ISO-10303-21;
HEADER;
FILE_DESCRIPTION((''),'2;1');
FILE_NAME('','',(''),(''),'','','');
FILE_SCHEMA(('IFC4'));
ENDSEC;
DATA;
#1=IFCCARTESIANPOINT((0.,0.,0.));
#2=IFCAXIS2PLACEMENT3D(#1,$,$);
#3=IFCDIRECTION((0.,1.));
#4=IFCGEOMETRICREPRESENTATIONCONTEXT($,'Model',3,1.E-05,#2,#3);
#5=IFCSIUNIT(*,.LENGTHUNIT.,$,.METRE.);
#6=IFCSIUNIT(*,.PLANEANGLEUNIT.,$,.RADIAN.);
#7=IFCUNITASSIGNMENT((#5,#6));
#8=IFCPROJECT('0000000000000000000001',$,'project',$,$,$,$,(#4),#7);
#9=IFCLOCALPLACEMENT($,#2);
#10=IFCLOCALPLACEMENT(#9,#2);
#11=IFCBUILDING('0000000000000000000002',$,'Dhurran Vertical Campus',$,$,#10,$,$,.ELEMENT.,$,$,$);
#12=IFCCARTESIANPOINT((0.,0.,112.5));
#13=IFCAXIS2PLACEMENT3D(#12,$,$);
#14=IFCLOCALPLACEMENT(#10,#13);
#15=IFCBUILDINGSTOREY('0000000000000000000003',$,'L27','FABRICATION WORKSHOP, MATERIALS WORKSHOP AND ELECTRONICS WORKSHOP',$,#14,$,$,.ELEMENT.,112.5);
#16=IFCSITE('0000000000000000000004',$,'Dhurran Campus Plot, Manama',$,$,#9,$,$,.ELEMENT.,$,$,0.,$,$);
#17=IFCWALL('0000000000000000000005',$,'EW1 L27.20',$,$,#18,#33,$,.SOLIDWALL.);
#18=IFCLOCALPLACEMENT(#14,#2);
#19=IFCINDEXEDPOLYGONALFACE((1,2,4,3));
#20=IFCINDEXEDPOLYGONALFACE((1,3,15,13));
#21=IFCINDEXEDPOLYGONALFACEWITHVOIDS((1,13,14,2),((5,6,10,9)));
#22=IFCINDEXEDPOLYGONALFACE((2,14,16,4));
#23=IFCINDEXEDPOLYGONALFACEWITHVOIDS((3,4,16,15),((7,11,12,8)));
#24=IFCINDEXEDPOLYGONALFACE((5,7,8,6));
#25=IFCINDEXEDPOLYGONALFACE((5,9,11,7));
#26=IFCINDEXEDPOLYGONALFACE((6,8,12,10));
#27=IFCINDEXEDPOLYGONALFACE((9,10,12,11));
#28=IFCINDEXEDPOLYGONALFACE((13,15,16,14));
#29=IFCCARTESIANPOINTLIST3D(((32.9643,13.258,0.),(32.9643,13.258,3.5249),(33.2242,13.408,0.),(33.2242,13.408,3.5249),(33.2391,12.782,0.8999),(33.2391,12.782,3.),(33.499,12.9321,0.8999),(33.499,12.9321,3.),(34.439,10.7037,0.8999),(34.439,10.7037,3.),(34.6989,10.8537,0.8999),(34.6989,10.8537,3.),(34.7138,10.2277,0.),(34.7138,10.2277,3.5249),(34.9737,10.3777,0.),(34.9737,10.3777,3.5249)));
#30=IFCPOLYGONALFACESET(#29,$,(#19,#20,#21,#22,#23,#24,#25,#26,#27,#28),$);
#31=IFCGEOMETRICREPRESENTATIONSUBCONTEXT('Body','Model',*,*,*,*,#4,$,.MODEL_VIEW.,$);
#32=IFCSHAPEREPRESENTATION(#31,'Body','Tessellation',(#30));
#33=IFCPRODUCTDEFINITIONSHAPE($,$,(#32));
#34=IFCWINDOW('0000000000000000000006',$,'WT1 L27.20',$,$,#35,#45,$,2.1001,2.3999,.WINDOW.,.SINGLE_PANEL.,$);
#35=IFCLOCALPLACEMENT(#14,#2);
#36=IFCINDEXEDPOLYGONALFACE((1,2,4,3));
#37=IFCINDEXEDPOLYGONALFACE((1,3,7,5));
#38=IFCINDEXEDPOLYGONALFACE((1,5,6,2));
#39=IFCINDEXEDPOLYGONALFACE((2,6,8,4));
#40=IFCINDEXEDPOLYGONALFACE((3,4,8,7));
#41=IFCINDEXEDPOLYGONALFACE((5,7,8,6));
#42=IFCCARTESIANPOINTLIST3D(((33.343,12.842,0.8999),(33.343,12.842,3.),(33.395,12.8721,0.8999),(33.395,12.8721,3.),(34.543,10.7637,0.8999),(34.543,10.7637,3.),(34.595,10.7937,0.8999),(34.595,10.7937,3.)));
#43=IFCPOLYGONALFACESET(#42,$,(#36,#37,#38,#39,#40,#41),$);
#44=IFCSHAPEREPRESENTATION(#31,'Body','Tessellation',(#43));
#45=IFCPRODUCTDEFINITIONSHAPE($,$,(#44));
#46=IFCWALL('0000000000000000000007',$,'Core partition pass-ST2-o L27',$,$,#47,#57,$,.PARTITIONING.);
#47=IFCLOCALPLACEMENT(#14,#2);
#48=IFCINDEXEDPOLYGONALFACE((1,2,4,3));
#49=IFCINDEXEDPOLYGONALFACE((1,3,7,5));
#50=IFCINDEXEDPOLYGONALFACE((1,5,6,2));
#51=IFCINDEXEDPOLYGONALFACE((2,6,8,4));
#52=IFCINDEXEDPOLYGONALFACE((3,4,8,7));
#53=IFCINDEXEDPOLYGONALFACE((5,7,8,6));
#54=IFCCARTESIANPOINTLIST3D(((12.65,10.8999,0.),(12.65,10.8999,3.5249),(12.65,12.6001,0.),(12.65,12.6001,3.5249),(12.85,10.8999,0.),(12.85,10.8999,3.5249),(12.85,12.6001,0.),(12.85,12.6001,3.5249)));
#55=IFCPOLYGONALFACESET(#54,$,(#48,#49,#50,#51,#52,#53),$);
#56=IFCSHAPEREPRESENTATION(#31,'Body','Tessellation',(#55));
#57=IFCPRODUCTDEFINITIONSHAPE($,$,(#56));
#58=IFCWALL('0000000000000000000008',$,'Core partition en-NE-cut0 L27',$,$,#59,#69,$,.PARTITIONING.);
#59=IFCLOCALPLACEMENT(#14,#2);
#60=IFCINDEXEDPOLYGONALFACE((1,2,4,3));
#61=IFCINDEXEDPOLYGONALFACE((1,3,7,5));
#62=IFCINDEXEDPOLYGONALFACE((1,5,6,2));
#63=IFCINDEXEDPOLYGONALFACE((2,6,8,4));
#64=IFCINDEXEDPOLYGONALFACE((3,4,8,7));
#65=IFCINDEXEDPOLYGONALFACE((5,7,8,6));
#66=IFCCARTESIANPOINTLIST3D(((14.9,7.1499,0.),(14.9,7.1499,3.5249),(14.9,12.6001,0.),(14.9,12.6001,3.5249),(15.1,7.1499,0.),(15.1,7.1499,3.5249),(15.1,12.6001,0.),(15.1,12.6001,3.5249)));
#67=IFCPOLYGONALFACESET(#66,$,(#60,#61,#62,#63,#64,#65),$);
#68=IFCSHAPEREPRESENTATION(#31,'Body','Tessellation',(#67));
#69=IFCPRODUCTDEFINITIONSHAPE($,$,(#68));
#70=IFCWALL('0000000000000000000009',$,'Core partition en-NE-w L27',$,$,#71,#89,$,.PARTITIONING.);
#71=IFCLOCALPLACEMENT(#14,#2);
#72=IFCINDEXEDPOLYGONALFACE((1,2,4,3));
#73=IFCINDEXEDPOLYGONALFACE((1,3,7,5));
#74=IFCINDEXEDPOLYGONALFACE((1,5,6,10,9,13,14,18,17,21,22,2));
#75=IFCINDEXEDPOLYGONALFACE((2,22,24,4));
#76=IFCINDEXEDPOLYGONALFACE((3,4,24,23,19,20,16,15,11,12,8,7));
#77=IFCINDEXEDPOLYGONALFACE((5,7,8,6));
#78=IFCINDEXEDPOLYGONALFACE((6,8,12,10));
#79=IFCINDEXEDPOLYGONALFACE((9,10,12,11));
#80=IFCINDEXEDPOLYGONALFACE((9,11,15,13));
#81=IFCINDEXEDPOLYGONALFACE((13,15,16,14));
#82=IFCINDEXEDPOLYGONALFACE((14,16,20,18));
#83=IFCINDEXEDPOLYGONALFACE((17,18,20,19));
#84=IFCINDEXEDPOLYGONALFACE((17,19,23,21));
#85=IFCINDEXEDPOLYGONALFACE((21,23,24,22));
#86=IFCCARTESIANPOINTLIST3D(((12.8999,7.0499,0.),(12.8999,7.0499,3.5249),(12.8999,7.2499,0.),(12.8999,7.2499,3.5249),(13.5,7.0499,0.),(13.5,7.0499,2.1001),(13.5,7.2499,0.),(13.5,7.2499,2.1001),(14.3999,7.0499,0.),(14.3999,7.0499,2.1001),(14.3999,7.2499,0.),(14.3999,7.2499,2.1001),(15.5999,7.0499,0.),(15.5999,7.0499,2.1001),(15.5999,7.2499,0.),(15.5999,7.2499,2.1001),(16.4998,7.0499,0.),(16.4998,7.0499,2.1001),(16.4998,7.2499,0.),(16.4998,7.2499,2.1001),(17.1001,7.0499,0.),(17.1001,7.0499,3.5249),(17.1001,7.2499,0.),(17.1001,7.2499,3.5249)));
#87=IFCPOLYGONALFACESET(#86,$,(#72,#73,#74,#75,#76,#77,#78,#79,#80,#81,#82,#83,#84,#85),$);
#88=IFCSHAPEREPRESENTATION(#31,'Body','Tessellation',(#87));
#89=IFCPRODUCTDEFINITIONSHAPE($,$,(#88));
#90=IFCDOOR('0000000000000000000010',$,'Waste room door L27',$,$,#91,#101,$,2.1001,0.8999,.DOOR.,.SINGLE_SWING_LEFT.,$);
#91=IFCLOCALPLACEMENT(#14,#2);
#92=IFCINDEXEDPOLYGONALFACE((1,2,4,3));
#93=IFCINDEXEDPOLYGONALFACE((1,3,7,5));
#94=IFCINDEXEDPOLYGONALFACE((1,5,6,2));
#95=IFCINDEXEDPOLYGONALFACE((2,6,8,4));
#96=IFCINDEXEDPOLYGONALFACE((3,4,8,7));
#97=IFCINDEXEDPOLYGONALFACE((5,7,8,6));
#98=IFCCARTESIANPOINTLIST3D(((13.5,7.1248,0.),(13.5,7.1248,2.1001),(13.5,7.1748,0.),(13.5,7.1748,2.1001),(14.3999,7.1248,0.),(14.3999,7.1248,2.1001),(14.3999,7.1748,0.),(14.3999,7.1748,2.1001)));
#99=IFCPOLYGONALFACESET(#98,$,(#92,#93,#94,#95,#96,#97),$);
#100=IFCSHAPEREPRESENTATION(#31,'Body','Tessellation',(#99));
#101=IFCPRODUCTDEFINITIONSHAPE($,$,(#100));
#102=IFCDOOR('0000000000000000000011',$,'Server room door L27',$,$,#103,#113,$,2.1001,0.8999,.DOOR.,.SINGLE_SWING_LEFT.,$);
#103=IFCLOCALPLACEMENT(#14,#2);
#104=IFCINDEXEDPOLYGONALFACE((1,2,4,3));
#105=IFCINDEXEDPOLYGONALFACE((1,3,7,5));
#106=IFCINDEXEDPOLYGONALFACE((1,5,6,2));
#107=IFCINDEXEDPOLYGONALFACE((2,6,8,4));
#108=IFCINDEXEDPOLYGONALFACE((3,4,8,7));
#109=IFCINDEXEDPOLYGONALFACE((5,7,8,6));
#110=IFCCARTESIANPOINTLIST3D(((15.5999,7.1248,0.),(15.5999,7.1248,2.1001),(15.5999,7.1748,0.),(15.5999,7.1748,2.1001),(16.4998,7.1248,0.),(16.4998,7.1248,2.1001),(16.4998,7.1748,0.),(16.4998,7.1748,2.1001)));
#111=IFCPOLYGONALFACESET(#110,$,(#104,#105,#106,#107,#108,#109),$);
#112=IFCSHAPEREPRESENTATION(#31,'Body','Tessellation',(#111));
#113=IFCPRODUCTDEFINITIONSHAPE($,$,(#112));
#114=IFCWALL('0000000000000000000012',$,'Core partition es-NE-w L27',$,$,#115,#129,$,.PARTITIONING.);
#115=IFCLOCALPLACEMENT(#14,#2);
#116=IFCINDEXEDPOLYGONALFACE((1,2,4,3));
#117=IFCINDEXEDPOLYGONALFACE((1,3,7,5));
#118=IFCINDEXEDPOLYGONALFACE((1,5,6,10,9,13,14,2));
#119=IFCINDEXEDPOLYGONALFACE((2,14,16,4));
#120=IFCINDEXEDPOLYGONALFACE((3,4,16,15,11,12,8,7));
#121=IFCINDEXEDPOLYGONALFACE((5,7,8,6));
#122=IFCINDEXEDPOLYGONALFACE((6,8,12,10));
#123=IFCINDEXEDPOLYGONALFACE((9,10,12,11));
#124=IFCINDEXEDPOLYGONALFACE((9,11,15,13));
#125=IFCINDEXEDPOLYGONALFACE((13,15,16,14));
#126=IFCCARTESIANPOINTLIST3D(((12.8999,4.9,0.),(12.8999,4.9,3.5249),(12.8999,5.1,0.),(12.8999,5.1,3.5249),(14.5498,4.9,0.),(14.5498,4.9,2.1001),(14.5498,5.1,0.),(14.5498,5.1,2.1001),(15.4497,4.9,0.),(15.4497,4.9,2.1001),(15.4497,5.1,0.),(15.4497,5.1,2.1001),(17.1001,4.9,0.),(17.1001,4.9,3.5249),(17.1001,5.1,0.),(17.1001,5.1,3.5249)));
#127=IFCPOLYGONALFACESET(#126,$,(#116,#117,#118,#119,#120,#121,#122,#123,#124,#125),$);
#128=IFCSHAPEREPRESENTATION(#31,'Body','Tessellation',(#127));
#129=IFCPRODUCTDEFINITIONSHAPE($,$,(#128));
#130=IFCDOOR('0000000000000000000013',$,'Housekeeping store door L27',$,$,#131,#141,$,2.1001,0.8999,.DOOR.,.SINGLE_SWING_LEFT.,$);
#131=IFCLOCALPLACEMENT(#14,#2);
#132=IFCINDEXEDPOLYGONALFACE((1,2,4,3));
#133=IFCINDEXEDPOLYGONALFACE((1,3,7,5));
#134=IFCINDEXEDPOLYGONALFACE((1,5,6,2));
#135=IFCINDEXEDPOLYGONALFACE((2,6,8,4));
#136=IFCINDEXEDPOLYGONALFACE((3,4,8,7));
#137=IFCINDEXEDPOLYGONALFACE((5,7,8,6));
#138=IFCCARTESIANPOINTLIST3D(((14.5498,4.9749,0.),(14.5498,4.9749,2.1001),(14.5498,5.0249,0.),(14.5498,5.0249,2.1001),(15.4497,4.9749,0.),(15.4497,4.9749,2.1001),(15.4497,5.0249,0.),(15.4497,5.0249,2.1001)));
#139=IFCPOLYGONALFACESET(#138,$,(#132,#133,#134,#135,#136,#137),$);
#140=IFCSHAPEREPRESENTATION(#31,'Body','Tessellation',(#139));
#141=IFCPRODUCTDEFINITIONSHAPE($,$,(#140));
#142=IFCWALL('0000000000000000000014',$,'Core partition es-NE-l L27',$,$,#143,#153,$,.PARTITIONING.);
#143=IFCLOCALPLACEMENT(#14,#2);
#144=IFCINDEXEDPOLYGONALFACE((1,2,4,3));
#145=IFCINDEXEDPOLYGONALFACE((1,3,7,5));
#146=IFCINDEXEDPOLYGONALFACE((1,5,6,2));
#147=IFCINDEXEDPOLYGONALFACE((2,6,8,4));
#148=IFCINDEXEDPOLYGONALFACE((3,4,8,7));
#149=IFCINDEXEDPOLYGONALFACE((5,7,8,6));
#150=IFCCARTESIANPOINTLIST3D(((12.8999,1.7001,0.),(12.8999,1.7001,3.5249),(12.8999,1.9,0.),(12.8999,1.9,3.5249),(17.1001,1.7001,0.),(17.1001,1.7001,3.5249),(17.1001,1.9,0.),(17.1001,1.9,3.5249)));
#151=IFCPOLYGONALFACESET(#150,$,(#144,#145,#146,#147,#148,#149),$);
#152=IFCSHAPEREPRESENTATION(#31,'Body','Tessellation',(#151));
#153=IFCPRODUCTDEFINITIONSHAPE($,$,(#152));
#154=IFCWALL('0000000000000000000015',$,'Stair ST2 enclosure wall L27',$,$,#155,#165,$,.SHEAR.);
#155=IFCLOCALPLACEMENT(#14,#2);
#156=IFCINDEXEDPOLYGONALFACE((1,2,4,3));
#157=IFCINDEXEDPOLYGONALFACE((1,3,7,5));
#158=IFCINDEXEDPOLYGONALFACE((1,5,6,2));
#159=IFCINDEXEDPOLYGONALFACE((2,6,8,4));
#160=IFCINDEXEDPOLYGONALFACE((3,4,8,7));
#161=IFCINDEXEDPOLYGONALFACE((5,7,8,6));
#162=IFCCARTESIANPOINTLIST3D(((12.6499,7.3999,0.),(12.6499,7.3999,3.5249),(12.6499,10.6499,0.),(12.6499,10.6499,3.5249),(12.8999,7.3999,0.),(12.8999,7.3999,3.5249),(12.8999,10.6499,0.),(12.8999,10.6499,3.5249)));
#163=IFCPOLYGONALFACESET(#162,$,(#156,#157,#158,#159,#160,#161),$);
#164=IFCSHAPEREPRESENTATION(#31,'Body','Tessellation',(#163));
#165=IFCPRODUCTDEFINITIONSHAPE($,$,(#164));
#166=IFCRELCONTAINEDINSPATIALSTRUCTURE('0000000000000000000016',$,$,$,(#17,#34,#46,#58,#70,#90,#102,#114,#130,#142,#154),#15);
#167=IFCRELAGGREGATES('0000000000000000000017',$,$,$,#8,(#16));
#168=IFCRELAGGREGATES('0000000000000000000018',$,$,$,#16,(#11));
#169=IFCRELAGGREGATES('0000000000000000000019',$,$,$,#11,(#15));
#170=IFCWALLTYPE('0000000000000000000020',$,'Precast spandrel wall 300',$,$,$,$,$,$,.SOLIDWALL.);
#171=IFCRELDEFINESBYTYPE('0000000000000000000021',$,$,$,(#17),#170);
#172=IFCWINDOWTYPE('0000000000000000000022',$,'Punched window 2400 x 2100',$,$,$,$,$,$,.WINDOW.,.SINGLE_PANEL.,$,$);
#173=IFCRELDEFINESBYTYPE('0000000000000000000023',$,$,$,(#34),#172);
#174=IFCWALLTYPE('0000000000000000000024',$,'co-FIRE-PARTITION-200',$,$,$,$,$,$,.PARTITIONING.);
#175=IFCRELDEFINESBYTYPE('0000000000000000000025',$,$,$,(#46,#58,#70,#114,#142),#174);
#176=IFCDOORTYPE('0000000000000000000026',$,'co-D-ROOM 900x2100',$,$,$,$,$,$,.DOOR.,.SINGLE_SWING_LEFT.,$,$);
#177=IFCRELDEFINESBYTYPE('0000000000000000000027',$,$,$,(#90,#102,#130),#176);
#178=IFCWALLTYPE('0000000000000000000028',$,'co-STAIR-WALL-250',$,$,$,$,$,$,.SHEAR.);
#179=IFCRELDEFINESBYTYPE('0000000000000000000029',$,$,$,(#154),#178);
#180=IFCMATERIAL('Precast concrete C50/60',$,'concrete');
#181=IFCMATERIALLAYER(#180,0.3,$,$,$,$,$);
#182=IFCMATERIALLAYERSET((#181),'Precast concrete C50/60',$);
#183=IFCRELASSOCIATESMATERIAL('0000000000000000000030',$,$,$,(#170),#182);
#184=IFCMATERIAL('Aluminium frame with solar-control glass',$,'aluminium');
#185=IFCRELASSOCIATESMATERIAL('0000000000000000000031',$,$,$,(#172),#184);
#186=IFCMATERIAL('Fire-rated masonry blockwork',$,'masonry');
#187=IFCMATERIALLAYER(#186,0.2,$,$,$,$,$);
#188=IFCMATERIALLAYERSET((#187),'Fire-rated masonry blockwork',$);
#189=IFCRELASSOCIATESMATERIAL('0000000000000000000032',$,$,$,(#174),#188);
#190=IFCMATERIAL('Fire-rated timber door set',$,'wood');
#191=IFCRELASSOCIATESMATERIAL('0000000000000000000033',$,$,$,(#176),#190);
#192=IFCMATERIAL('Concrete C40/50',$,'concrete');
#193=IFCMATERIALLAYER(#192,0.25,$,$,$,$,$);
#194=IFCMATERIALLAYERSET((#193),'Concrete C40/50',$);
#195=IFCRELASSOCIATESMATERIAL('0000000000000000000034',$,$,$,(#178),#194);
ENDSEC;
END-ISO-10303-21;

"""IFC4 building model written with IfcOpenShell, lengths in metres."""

from ifc_helpers import new_model, si_unit, direction, frame, frame_2d, origin, place, context, subcontext, project, spatial, rectangle, extrude, material, layer, layer_set, type_object, element, fill, save


model = new_model("IFC4")

# Units and contexts
model_context = context("Model", 3, precision=1e-05, world=origin(), true_north=direction((0.0, 1.0)))
body_context = subcontext(model_context, "Body", "Model", "MODEL_VIEW")
ifc_project = project(units=[si_unit("LENGTHUNIT", "METRE"), si_unit("PLANEANGLEUNIT", "RADIAN")], contexts=[model_context])

# Site, building, storey
site_placement = place(None, origin())
site = spatial("IfcSite", under=ifc_project, at=site_placement, Name="Dhurran Campus Plot, Manama", CompositionType="ELEMENT", RefElevation=0.0)
building_placement = place(site_placement, origin())
building = spatial("IfcBuilding", under=site, at=building_placement, Name="Dhurran Vertical Campus", CompositionType="ELEMENT")
storey_placement = place(building_placement, frame((0.0, 0.0, 112.5)))
storey = spatial("IfcBuildingStorey", under=building, at=storey_placement, Name="L27", Description="FABRICATION WORKSHOP, MATERIALS WORKSHOP AND ELECTRONICS WORKSHOP", CompositionType="ELEMENT", Elevation=112.5)

# Wall, opening, window
ifc_material_1 = material(Name="Precast concrete C50/60", Category="concrete")
ifc_layer_1 = layer(ifc_material_1, 0.3)
ifc_layer_set_1 = layer_set([ifc_layer_1], Name="Precast concrete C50/60")
wall_type_1 = type_object("IfcWallType", Name="Precast spandrel wall 300", PredefinedType="SOLIDWALL", material=ifc_layer_set_1)
ifc_material_2 = material(Name="Aluminium frame with solar-control glass", Category="aluminium")
window_type = type_object("IfcWindowType", Name="Punched window 2400 x 2100", PartitioningType="SINGLE_PANEL", PredefinedType="WINDOW", material=ifc_material_2)
wall_1_placement = place(storey_placement, frame((34.8438, 10.3027, 0.0), z_axis=(0.0, 0.0, 1.0), x_axis=(-0.499996, 0.866028, 0.0)))
wall_1 = element("IfcWall", 1, at=wall_1_placement, inside=storey, type_object=wall_type_1, Name="EW1 L27.20", PredefinedType="SOLIDWALL", context=body_context, shape_type="SweptSolid", body=[
    extrude(rectangle(XDim=3.499, YDim=0.3, at=frame_2d((1.7495, 0.0))), origin(), (0.0, 0.0, 1.0), 3.5249),
])
opening_1_placement = place(wall_1_placement, frame((0.5496, 0.0, 0.8999)))
opening_1 = element("IfcOpeningElement", 2, at=opening_1_placement, cuts=wall_1, PredefinedType="OPENING", context=body_context, shape_type="SweptSolid", body=[
    extrude(rectangle(XDim=2.3999, YDim=2.1001, at=frame_2d((1.2, 1.05))), frame((0.0, 0.1599, 0.0), z_axis=(0.0, -1.0, 0.0), x_axis=(1.0, 0.0, 0.0)), (0.0, 0.0, 1.0), 0.3201),
])
window_1_placement = place(opening_1_placement, origin())
window_1 = element("IfcWindow", 3, at=window_1_placement, inside=storey, type_object=window_type, Name="WT1 L27.20", OverallHeight=2.1001, OverallWidth=2.3999, PartitioningType="SINGLE_PANEL", PredefinedType="WINDOW", context=body_context, shape_type="SweptSolid", body=[
    extrude(rectangle(XDim=2.3999, YDim=2.1001, at=frame_2d((1.2, 1.05))), frame((0.0, 0.03, 0.0), z_axis=(0.0, -1.0, 0.0), x_axis=(1.0, 0.0, 0.0)), (0.0, 0.0, 1.0), 0.0601),
])
fill(opening_1, window_1)

# Walls
ifc_material_3 = material(Name="Fire-rated masonry blockwork", Category="masonry")
ifc_layer_2 = layer(ifc_material_3, 0.2)
ifc_layer_set_2 = layer_set([ifc_layer_2], Name="Fire-rated masonry blockwork")
wall_type_2 = type_object("IfcWallType", Name="co-FIRE-PARTITION-200", PredefinedType="PARTITIONING", material=ifc_layer_set_2)
wall_2_placement = place(storey_placement, frame((12.75, 10.8999, 0.0), z_axis=(0.0, 0.0, 1.0), x_axis=(0.0, 1.0, 0.0)))
element("IfcWall", 4, at=wall_2_placement, inside=storey, type_object=wall_type_2, Name="Core partition pass-ST2-o L27", PredefinedType="PARTITIONING", context=body_context, shape_type="SweptSolid", body=[
    extrude(rectangle(XDim=1.7002, YDim=0.2, at=frame_2d((0.8501, 0.0))), origin(), (0.0, 0.0, 1.0), 3.5249),
])
wall_3_placement = place(storey_placement, frame((15.0, 7.1499, 0.0), z_axis=(0.0, 0.0, 1.0), x_axis=(0.0, 1.0, 0.0)))
element("IfcWall", 5, at=wall_3_placement, inside=storey, type_object=wall_type_2, Name="Core partition en-NE-cut0 L27", PredefinedType="PARTITIONING", context=body_context, shape_type="SweptSolid", body=[
    extrude(rectangle(XDim=5.4502, YDim=0.2, at=frame_2d((2.7251, 0.0))), origin(), (0.0, 0.0, 1.0), 3.5249),
])

# Wall, openings, doors
wall_4_placement = place(storey_placement, frame((12.8999, 7.1499, 0.0), z_axis=(0.0, 0.0, 1.0), x_axis=(1.0, 0.0, 0.0)))
wall_4 = element("IfcWall", 6, at=wall_4_placement, inside=storey, type_object=wall_type_2, Name="Core partition en-NE-w L27", PredefinedType="PARTITIONING", context=body_context, shape_type="SweptSolid", body=[
    extrude(rectangle(XDim=4.2002, YDim=0.2, at=frame_2d((2.1001, 0.0))), origin(), (0.0, 0.0, 1.0), 3.5249),
])
opening_2_placement = place(wall_4_placement, frame((0.6001, 0.0, 0.0)))
opening_2 = element("IfcOpeningElement", 7, at=opening_2_placement, cuts=wall_4, PredefinedType="OPENING", context=body_context, shape_type="SweptSolid", body=[
    extrude(rectangle(XDim=0.8999, YDim=2.1001, at=frame_2d((0.45, 1.05))), frame((0.0, 0.1099, 0.0), z_axis=(0.0, -1.0, 0.0), x_axis=(1.0, 0.0, 0.0)), (0.0, 0.0, 1.0), 0.22),
])
opening_3_placement = place(wall_4_placement, frame((2.7, 0.0, 0.0)))
opening_3 = element("IfcOpeningElement", 8, at=opening_3_placement, cuts=wall_4, PredefinedType="OPENING", context=body_context, shape_type="SweptSolid", body=[
    extrude(rectangle(XDim=0.8999, YDim=2.1001, at=frame_2d((0.45, 1.05))), frame((0.0, 0.1099, 0.0), z_axis=(0.0, -1.0, 0.0), x_axis=(1.0, 0.0, 0.0)), (0.0, 0.0, 1.0), 0.22),
])
ifc_material_4 = material(Name="Fire-rated timber door set", Category="wood")
door_type_1 = type_object("IfcDoorType", Name="co-D-ROOM 900x2100", OperationType="SINGLE_SWING_LEFT", PredefinedType="DOOR", material=ifc_material_4)
door_1_placement = place(opening_2_placement, origin())
door_1 = element("IfcDoor", 9, at=door_1_placement, inside=storey, type_object=door_type_1, Name="Waste room door L27", OperationType="SINGLE_SWING_LEFT", OverallHeight=2.1001, OverallWidth=0.8999, PredefinedType="DOOR", context=body_context, shape_type="SweptSolid", body=[
    extrude(rectangle(XDim=0.8999, YDim=2.1001, at=frame_2d((0.45, 1.05))), frame((0.0, 0.0249, 0.0), z_axis=(0.0, -1.0, 0.0), x_axis=(1.0, 0.0, 0.0)), (0.0, 0.0, 1.0), 0.05),
])
fill(opening_2, door_1)
door_2_placement = place(opening_3_placement, origin())
door_2 = element("IfcDoor", 10, at=door_2_placement, inside=storey, type_object=door_type_1, Name="Server room door L27", OperationType="SINGLE_SWING_LEFT", OverallHeight=2.1001, OverallWidth=0.8999, PredefinedType="DOOR", context=body_context, shape_type="SweptSolid", body=[
    extrude(rectangle(XDim=0.8999, YDim=2.1001, at=frame_2d((0.45, 1.05))), frame((0.0, 0.0249, 0.0), z_axis=(0.0, -1.0, 0.0), x_axis=(1.0, 0.0, 0.0)), (0.0, 0.0, 1.0), 0.05),
])
fill(opening_3, door_2)

# Wall, opening, door
wall_5_placement = place(storey_placement, frame((12.8999, 5.0, 0.0), z_axis=(0.0, 0.0, 1.0), x_axis=(1.0, 0.0, 0.0)))
wall_5 = element("IfcWall", 11, at=wall_5_placement, inside=storey, type_object=wall_type_2, Name="Core partition es-NE-w L27", PredefinedType="PARTITIONING", context=body_context, shape_type="SweptSolid", body=[
    extrude(rectangle(XDim=4.2002, YDim=0.2, at=frame_2d((2.1001, 0.0))), origin(), (0.0, 0.0, 1.0), 3.5249),
])
opening_4_placement = place(wall_5_placement, frame((1.6499, 0.0, 0.0)))
opening_4 = element("IfcOpeningElement", 12, at=opening_4_placement, cuts=wall_5, PredefinedType="OPENING", context=body_context, shape_type="SweptSolid", body=[
    extrude(rectangle(XDim=0.8999, YDim=2.1001, at=frame_2d((0.45, 1.05))), frame((0.0, 0.1099, 0.0), z_axis=(0.0, -1.0, 0.0), x_axis=(1.0, 0.0, 0.0)), (0.0, 0.0, 1.0), 0.22),
])
door_3_placement = place(opening_4_placement, origin())
door_3 = element("IfcDoor", 13, at=door_3_placement, inside=storey, type_object=door_type_1, Name="Housekeeping store door L27", OperationType="SINGLE_SWING_LEFT", OverallHeight=2.1001, OverallWidth=0.8999, PredefinedType="DOOR", context=body_context, shape_type="SweptSolid", body=[
    extrude(rectangle(XDim=0.8999, YDim=2.1001, at=frame_2d((0.45, 1.05))), frame((0.0, 0.0249, 0.0), z_axis=(0.0, -1.0, 0.0), x_axis=(1.0, 0.0, 0.0)), (0.0, 0.0, 1.0), 0.05),
])
fill(opening_4, door_3)

# Walls
wall_6_placement = place(storey_placement, frame((12.8999, 1.8, 0.0), z_axis=(0.0, 0.0, 1.0), x_axis=(1.0, 0.0, 0.0)))
element("IfcWall", 14, at=wall_6_placement, inside=storey, type_object=wall_type_2, Name="Core partition es-NE-l L27", PredefinedType="PARTITIONING", context=body_context, shape_type="SweptSolid", body=[
    extrude(rectangle(XDim=4.2002, YDim=0.2, at=frame_2d((2.1001, 0.0))), origin(), (0.0, 0.0, 1.0), 3.5249),
])
ifc_material_5 = material(Name="Concrete C40/50", Category="concrete")
ifc_layer_3 = layer(ifc_material_5, 0.25)
ifc_layer_set_3 = layer_set([ifc_layer_3], Name="Concrete C40/50")
wall_type_3 = type_object("IfcWallType", Name="co-STAIR-WALL-250", PredefinedType="SHEAR", material=ifc_layer_set_3)
wall_7_placement = place(storey_placement, frame((12.7749, 7.3999, 0.0), z_axis=(0.0, 0.0, 1.0), x_axis=(0.0, 1.0, 0.0)))
element("IfcWall", 15, at=wall_7_placement, inside=storey, type_object=wall_type_3, Name="Stair ST2 enclosure wall L27", PredefinedType="SHEAR", context=body_context, shape_type="SweptSolid", body=[
    extrude(rectangle(XDim=3.25, YDim=0.25, at=frame_2d((1.625, 0.0))), origin(), (0.0, 0.0, 1.0), 3.5249),
])

save(model, "model.ifc")
